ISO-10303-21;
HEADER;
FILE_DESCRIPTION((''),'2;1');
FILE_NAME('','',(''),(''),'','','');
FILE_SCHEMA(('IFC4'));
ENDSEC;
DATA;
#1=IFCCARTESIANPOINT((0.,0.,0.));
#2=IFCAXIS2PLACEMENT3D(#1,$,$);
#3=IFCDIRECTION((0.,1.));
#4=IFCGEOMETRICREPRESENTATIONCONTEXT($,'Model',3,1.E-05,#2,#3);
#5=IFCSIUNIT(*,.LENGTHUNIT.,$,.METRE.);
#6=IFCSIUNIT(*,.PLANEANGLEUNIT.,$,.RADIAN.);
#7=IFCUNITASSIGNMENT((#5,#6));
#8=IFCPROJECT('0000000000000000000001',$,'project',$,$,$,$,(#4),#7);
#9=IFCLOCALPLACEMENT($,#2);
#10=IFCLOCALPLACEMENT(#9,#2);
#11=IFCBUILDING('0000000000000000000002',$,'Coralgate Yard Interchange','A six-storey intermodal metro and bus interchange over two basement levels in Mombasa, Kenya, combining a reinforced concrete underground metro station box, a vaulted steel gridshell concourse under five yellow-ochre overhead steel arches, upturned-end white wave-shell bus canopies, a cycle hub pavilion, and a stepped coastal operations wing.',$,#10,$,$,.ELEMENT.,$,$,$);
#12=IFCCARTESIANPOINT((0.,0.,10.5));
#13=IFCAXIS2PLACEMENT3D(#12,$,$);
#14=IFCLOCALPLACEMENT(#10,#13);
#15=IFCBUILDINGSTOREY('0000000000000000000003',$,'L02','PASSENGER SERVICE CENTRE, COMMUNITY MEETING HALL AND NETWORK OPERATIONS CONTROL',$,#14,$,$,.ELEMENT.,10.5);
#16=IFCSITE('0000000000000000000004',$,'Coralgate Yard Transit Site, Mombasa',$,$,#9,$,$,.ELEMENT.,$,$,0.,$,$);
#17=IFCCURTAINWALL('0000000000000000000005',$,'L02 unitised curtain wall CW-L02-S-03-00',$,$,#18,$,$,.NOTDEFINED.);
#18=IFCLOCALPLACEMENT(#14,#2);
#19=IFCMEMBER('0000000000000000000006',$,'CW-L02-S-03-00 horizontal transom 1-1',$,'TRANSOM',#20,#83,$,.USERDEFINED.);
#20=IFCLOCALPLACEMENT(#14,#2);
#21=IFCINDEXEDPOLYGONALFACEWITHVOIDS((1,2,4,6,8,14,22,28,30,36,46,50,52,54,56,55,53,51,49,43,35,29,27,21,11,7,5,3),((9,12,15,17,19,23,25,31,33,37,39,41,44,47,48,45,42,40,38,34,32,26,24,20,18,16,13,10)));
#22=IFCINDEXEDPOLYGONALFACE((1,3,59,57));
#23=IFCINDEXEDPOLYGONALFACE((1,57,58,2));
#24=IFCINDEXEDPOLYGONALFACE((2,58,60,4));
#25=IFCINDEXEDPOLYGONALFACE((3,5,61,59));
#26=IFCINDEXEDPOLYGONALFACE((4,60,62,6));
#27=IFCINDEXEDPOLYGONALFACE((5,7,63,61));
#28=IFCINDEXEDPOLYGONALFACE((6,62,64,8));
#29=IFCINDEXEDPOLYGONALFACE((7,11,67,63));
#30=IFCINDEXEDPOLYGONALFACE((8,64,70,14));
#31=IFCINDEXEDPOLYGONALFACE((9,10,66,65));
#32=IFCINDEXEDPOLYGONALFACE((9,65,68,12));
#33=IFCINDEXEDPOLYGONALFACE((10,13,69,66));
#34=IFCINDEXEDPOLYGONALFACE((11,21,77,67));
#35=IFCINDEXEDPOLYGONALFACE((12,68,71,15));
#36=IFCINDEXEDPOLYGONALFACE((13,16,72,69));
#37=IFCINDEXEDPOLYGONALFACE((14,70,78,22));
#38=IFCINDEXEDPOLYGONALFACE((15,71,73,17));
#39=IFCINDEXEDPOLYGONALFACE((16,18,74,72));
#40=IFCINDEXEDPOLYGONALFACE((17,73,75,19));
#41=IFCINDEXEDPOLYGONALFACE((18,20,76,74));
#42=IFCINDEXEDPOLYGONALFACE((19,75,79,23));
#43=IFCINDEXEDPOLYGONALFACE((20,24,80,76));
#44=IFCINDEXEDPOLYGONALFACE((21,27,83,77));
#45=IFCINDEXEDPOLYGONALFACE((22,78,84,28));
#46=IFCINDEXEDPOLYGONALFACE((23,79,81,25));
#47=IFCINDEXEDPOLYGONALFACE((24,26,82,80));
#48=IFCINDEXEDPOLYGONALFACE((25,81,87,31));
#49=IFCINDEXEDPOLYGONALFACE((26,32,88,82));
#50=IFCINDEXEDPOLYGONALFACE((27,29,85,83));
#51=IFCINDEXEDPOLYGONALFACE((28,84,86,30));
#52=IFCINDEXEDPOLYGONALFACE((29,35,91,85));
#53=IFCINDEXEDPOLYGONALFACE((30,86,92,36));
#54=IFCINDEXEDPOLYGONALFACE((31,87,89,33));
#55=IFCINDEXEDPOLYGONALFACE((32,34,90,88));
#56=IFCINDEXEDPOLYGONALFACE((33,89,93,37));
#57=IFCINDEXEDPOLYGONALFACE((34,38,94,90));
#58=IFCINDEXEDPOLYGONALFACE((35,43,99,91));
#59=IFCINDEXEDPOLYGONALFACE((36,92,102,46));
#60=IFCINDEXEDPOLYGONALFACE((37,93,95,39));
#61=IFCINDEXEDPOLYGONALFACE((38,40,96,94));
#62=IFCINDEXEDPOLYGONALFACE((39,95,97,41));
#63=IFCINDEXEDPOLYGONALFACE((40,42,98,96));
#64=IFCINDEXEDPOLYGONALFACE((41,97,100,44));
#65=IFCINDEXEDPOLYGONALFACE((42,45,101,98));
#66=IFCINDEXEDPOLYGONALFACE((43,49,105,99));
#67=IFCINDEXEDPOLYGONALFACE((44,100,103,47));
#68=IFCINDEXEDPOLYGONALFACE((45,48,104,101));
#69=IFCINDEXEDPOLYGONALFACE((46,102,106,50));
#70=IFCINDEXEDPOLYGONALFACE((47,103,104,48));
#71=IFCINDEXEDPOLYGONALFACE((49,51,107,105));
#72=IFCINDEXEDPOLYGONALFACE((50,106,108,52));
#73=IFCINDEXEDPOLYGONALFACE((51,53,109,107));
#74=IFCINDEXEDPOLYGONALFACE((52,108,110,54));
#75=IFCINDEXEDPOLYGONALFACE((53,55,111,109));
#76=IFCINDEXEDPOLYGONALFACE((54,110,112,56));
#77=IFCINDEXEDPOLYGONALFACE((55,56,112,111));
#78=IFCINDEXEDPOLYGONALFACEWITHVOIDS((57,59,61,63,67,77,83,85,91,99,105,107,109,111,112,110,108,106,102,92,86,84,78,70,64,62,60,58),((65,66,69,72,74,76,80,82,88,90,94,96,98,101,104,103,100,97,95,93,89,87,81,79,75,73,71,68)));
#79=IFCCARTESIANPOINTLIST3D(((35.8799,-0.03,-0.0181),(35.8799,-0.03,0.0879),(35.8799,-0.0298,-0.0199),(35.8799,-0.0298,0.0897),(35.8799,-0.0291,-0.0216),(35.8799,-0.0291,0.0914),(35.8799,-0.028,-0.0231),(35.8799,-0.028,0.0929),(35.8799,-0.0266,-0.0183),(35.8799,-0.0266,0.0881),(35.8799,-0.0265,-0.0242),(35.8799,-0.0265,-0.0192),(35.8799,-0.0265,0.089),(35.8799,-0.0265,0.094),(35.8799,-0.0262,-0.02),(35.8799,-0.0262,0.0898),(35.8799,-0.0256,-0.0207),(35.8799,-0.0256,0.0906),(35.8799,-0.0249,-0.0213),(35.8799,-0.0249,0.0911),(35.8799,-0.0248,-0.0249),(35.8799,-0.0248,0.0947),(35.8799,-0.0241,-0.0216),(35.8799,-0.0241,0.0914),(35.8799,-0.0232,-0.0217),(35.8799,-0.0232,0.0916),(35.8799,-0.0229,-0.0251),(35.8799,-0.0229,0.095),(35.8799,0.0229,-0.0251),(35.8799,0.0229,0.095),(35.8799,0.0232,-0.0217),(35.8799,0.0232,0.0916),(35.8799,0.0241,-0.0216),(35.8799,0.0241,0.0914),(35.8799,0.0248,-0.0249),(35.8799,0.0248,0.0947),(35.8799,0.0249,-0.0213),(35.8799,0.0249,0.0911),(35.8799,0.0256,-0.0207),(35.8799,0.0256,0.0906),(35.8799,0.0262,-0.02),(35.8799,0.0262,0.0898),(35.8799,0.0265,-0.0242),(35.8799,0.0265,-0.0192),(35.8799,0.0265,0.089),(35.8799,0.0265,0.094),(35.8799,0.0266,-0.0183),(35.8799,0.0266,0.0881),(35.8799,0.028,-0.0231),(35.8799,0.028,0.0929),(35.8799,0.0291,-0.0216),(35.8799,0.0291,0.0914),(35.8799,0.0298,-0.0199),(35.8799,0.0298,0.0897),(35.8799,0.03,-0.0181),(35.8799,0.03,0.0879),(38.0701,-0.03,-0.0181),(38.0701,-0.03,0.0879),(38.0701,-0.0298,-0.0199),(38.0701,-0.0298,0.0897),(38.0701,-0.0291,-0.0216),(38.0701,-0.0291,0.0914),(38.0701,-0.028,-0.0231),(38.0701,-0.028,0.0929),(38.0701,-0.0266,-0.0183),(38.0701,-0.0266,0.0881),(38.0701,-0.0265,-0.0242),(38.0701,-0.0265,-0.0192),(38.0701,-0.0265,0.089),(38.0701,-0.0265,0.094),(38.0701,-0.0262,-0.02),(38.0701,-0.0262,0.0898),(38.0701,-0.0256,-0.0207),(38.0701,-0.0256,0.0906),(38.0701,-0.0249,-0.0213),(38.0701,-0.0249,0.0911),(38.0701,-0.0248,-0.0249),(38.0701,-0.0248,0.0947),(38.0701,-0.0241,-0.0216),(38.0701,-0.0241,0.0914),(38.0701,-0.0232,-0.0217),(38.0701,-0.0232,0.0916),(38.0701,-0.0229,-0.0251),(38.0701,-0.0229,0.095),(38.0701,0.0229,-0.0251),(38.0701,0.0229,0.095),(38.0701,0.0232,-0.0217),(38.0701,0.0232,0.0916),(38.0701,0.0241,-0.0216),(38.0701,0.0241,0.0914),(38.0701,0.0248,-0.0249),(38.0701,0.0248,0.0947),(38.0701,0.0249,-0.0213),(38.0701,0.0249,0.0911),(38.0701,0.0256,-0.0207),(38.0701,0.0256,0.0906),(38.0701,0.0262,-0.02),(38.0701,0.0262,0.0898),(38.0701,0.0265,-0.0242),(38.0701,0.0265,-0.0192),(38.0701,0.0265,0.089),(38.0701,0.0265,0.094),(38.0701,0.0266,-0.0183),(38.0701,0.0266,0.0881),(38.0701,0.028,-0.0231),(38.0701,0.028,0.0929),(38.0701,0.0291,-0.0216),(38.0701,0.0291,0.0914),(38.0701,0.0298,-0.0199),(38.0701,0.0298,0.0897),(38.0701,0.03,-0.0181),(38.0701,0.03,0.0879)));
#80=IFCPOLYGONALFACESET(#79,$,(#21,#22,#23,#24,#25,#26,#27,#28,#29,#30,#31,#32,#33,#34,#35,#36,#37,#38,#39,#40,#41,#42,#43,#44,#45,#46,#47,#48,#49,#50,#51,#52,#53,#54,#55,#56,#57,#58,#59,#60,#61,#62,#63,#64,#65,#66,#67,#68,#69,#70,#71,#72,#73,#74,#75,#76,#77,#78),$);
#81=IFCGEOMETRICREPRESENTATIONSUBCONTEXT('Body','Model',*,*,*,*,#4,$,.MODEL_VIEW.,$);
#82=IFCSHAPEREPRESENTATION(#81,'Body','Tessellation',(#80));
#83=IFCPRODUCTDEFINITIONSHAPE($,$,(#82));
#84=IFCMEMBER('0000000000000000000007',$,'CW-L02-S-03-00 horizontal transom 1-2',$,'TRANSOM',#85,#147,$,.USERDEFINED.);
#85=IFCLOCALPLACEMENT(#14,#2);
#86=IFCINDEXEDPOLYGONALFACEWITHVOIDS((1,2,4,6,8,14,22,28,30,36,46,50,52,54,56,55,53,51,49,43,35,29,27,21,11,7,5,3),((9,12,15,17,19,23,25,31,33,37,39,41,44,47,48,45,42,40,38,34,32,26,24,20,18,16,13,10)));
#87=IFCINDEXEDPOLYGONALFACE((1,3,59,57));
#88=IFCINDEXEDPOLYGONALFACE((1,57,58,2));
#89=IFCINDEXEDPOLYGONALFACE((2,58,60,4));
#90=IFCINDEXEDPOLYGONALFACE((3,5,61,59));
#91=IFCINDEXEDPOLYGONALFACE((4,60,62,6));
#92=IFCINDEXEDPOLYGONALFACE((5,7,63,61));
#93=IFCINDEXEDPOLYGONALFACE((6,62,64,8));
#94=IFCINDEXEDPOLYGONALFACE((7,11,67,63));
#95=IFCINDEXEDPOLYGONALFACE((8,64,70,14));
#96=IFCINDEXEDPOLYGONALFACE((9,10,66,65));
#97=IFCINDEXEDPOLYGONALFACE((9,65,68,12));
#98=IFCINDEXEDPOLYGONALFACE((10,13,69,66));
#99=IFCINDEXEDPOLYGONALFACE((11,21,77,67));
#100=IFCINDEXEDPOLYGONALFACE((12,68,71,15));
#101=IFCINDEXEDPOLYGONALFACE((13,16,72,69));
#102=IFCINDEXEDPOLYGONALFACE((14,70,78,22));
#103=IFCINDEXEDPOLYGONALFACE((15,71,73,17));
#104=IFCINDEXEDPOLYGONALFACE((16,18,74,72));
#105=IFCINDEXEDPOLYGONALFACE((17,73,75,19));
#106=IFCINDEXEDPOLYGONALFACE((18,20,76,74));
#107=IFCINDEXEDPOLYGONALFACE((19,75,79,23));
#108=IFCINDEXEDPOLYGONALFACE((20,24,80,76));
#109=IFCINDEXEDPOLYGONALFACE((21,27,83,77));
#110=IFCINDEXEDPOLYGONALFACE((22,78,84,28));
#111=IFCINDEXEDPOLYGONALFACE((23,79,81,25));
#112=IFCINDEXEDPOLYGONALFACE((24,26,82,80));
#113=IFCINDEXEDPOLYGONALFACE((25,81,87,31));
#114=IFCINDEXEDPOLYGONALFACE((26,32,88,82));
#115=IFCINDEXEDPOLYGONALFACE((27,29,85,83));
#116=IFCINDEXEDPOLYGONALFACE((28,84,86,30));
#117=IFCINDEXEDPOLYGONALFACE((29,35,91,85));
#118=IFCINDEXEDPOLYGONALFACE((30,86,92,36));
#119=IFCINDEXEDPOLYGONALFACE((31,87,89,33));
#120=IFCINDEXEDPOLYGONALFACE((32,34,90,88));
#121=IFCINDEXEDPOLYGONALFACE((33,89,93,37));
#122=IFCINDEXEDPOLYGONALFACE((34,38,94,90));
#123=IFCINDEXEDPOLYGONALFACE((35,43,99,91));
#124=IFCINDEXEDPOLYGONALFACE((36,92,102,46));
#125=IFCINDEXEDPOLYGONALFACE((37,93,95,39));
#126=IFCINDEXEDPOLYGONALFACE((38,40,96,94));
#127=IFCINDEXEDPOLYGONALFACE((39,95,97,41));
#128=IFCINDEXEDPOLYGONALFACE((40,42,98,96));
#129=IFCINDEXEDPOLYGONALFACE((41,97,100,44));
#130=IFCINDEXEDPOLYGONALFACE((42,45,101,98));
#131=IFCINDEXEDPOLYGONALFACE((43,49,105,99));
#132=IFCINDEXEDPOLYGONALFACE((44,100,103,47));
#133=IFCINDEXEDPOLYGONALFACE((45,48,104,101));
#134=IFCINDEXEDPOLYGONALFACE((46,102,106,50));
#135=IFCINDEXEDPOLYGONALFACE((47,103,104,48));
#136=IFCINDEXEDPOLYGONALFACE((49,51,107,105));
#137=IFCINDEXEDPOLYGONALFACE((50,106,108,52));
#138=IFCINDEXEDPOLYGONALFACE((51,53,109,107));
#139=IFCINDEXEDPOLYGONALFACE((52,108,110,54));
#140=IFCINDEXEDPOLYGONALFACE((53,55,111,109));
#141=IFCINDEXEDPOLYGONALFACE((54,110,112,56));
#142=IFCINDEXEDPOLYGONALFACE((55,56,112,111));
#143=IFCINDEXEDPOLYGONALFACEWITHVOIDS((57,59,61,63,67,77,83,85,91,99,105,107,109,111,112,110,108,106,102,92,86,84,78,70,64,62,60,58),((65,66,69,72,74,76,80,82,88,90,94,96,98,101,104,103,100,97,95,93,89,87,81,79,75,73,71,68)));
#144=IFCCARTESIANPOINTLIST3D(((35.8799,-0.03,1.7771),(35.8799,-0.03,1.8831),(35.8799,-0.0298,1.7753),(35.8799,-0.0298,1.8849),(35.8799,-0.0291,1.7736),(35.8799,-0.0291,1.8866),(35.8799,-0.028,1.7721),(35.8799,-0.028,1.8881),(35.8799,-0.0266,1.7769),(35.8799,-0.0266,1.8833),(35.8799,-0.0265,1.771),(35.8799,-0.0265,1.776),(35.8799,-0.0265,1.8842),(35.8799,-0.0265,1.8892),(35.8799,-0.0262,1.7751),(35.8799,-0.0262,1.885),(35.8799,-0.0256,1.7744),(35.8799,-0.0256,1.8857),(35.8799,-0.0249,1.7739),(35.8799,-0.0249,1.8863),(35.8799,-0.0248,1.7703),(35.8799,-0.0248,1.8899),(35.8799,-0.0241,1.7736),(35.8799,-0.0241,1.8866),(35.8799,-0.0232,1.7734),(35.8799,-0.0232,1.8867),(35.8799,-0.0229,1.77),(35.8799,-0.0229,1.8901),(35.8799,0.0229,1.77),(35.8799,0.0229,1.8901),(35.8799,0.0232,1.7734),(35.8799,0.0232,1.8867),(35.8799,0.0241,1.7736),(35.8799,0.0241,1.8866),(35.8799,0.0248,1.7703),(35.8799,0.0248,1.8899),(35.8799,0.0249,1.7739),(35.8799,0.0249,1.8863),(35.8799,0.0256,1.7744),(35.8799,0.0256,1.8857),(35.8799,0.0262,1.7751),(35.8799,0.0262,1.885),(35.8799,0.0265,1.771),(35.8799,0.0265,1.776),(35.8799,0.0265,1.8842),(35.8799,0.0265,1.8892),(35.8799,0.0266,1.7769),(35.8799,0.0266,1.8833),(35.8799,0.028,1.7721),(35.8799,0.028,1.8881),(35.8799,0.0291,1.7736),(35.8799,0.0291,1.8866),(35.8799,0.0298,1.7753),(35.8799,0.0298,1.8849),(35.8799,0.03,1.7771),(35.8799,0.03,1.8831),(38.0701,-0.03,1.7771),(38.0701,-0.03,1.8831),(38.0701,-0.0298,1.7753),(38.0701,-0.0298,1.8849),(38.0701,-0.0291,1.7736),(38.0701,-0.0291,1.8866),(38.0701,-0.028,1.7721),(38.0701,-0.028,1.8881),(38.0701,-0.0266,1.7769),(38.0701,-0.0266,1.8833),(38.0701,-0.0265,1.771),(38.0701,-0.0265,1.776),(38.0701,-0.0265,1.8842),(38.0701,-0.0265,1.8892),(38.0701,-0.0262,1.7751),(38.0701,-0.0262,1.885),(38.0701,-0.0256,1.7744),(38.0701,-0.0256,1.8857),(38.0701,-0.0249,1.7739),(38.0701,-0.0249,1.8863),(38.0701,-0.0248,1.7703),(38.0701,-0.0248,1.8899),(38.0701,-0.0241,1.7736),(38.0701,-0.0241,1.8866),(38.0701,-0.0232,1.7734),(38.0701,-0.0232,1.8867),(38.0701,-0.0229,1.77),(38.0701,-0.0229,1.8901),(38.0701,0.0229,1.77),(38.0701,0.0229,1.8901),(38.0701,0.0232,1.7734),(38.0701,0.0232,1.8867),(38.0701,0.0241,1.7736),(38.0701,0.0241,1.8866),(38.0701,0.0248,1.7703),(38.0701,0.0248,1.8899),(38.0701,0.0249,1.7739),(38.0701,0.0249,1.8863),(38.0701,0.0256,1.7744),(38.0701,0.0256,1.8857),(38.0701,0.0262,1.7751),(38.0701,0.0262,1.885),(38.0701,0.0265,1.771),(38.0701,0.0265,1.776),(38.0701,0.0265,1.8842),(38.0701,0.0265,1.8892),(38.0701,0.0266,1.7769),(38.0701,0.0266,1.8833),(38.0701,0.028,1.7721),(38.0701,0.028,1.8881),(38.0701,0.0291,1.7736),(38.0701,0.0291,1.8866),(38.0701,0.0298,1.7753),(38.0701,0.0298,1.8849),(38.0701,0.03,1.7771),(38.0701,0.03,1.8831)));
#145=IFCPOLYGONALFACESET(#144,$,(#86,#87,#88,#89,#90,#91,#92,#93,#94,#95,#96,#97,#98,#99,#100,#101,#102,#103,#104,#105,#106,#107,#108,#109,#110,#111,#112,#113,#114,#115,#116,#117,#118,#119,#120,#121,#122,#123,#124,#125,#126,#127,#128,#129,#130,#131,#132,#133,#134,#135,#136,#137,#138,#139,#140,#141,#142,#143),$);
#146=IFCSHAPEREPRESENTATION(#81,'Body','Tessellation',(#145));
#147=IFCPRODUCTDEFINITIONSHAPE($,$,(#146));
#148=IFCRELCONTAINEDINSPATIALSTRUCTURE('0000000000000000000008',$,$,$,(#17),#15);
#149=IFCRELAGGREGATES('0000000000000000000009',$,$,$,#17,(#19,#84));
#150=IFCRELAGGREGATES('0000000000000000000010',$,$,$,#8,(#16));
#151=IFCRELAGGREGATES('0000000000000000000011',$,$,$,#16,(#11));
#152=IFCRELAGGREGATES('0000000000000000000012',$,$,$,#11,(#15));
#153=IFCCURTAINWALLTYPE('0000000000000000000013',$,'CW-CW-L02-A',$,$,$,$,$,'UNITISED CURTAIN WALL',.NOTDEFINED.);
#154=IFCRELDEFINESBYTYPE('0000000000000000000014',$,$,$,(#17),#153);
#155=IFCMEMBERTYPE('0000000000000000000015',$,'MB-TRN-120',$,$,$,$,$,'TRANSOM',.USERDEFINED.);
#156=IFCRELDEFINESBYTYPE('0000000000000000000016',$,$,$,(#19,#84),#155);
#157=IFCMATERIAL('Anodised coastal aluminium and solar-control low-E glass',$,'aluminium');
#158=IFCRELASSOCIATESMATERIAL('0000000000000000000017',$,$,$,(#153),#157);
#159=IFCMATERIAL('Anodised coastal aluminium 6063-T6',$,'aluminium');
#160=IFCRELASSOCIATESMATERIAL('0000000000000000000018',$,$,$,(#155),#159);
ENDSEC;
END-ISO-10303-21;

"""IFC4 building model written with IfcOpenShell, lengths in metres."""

from ifc_helpers import new_model, si_unit, direction, frame, origin, origin_2d, place, context, subcontext, project, spatial, hollow_rectangle, extrude, material, material_profile, profile_set, type_object, element, aggregate, save


model = new_model("IFC4")

# Units and contexts
model_context = context("Model", 3, precision=1e-05, world=origin(), true_north=direction((0.0, 1.0)))
body_context = subcontext(model_context, "Body", "Model", "MODEL_VIEW")
ifc_project = project(units=[si_unit("LENGTHUNIT", "METRE"), si_unit("PLANEANGLEUNIT", "RADIAN")], contexts=[model_context])

# Site, building, storey
site_placement = place(None, origin())
site = spatial("IfcSite", under=ifc_project, at=site_placement, Name="Coralgate Yard Transit Site, Mombasa", CompositionType="ELEMENT", RefElevation=0.0)
building_placement = place(site_placement, origin())
building = spatial("IfcBuilding", under=site, at=building_placement, Name="Coralgate Yard Interchange", Description="A six-storey intermodal metro and bus interchange over two basement levels in Mombasa, Kenya, combining a reinforced concrete underground metro station box, a vaulted steel gridshell concourse under five yellow-ochre overhead steel arches, upturned-end white wave-shell bus canopies, a cycle hub pavilion, and a stepped coastal operations wing.", CompositionType="ELEMENT")
storey_placement = place(building_placement, frame((0.0, 0.0, 10.5)))
storey = spatial("IfcBuildingStorey", under=building, at=storey_placement, Name="L02", Description="PASSENGER SERVICE CENTRE, COMMUNITY MEETING HALL AND NETWORK OPERATIONS CONTROL", CompositionType="ELEMENT", Elevation=10.5)

# Curtain wall, members
ifc_material_1 = material(Name="Anodised coastal aluminium and solar-control low-E glass", Category="aluminium")
curtain_wall_type = type_object("IfcCurtainWallType", Name="CW-CW-L02-A", ElementType="UNITISED CURTAIN WALL", PredefinedType="NOTDEFINED", material=ifc_material_1)
curtain_wall_placement = place(storey_placement, origin())
curtain_wall = element("IfcCurtainWall", 1, at=curtain_wall_placement, inside=storey, type_object=curtain_wall_type, Name="L02 unitised curtain wall CW-L02-S-03-00", PredefinedType="NOTDEFINED")
ifc_material_2 = material(Name="Anodised coastal aluminium 6063-T6", Category="aluminium")
ifc_material_profile_1 = material_profile(ifc_material_2, hollow_rectangle(XDim=0.0601, YDim=0.1201, WallThickness=0.0034, InnerFilletRadius=0.0034, OuterFilletRadius=0.0071, at=origin_2d()), Name="ALU 60x120x3.5")
ifc_profile_set_1 = profile_set([ifc_material_profile_1], Name="Anodised coastal aluminium 6063-T6")
member_type_1 = type_object("IfcMemberType", Name="MB-TRN-120", ElementType="TRANSOM", PredefinedType="USERDEFINED", material=ifc_profile_set_1)
member_1_placement = place(storey_placement, frame((38.0701, 0.0, 0.0349), z_axis=(-1.0, 0.0, 0.0), x_axis=(0.0, -1.0, 0.0)))
member_1 = element("IfcMember", 2, at=member_1_placement, type_object=member_type_1, Name="CW-L02-S-03-00 horizontal transom 1-1", ObjectType="TRANSOM", PredefinedType="USERDEFINED", context=body_context, shape_type="SweptSolid", body=[
    extrude(hollow_rectangle(XDim=0.0601, YDim=0.1201, WallThickness=0.0034, InnerFilletRadius=0.0034, OuterFilletRadius=0.0071, at=origin_2d()), origin(), (0.0, 0.0, 1.0), 2.1902),
])
member_2_placement = place(storey_placement, frame((38.0701, 0.0, 1.8301), z_axis=(-1.0, 0.0, 0.0), x_axis=(0.0, -1.0, 0.0)))
member_2 = element("IfcMember", 3, at=member_2_placement, type_object=member_type_1, Name="CW-L02-S-03-00 horizontal transom 1-2", ObjectType="TRANSOM", PredefinedType="USERDEFINED", context=body_context, shape_type="SweptSolid", body=[
    extrude(hollow_rectangle(XDim=0.0601, YDim=0.1201, WallThickness=0.0034, InnerFilletRadius=0.0034, OuterFilletRadius=0.0071, at=origin_2d()), origin(), (0.0, 0.0, 1.0), 2.1902),
])
aggregate(curtain_wall, [member_1, member_2])

save(model, "model.ifc")
